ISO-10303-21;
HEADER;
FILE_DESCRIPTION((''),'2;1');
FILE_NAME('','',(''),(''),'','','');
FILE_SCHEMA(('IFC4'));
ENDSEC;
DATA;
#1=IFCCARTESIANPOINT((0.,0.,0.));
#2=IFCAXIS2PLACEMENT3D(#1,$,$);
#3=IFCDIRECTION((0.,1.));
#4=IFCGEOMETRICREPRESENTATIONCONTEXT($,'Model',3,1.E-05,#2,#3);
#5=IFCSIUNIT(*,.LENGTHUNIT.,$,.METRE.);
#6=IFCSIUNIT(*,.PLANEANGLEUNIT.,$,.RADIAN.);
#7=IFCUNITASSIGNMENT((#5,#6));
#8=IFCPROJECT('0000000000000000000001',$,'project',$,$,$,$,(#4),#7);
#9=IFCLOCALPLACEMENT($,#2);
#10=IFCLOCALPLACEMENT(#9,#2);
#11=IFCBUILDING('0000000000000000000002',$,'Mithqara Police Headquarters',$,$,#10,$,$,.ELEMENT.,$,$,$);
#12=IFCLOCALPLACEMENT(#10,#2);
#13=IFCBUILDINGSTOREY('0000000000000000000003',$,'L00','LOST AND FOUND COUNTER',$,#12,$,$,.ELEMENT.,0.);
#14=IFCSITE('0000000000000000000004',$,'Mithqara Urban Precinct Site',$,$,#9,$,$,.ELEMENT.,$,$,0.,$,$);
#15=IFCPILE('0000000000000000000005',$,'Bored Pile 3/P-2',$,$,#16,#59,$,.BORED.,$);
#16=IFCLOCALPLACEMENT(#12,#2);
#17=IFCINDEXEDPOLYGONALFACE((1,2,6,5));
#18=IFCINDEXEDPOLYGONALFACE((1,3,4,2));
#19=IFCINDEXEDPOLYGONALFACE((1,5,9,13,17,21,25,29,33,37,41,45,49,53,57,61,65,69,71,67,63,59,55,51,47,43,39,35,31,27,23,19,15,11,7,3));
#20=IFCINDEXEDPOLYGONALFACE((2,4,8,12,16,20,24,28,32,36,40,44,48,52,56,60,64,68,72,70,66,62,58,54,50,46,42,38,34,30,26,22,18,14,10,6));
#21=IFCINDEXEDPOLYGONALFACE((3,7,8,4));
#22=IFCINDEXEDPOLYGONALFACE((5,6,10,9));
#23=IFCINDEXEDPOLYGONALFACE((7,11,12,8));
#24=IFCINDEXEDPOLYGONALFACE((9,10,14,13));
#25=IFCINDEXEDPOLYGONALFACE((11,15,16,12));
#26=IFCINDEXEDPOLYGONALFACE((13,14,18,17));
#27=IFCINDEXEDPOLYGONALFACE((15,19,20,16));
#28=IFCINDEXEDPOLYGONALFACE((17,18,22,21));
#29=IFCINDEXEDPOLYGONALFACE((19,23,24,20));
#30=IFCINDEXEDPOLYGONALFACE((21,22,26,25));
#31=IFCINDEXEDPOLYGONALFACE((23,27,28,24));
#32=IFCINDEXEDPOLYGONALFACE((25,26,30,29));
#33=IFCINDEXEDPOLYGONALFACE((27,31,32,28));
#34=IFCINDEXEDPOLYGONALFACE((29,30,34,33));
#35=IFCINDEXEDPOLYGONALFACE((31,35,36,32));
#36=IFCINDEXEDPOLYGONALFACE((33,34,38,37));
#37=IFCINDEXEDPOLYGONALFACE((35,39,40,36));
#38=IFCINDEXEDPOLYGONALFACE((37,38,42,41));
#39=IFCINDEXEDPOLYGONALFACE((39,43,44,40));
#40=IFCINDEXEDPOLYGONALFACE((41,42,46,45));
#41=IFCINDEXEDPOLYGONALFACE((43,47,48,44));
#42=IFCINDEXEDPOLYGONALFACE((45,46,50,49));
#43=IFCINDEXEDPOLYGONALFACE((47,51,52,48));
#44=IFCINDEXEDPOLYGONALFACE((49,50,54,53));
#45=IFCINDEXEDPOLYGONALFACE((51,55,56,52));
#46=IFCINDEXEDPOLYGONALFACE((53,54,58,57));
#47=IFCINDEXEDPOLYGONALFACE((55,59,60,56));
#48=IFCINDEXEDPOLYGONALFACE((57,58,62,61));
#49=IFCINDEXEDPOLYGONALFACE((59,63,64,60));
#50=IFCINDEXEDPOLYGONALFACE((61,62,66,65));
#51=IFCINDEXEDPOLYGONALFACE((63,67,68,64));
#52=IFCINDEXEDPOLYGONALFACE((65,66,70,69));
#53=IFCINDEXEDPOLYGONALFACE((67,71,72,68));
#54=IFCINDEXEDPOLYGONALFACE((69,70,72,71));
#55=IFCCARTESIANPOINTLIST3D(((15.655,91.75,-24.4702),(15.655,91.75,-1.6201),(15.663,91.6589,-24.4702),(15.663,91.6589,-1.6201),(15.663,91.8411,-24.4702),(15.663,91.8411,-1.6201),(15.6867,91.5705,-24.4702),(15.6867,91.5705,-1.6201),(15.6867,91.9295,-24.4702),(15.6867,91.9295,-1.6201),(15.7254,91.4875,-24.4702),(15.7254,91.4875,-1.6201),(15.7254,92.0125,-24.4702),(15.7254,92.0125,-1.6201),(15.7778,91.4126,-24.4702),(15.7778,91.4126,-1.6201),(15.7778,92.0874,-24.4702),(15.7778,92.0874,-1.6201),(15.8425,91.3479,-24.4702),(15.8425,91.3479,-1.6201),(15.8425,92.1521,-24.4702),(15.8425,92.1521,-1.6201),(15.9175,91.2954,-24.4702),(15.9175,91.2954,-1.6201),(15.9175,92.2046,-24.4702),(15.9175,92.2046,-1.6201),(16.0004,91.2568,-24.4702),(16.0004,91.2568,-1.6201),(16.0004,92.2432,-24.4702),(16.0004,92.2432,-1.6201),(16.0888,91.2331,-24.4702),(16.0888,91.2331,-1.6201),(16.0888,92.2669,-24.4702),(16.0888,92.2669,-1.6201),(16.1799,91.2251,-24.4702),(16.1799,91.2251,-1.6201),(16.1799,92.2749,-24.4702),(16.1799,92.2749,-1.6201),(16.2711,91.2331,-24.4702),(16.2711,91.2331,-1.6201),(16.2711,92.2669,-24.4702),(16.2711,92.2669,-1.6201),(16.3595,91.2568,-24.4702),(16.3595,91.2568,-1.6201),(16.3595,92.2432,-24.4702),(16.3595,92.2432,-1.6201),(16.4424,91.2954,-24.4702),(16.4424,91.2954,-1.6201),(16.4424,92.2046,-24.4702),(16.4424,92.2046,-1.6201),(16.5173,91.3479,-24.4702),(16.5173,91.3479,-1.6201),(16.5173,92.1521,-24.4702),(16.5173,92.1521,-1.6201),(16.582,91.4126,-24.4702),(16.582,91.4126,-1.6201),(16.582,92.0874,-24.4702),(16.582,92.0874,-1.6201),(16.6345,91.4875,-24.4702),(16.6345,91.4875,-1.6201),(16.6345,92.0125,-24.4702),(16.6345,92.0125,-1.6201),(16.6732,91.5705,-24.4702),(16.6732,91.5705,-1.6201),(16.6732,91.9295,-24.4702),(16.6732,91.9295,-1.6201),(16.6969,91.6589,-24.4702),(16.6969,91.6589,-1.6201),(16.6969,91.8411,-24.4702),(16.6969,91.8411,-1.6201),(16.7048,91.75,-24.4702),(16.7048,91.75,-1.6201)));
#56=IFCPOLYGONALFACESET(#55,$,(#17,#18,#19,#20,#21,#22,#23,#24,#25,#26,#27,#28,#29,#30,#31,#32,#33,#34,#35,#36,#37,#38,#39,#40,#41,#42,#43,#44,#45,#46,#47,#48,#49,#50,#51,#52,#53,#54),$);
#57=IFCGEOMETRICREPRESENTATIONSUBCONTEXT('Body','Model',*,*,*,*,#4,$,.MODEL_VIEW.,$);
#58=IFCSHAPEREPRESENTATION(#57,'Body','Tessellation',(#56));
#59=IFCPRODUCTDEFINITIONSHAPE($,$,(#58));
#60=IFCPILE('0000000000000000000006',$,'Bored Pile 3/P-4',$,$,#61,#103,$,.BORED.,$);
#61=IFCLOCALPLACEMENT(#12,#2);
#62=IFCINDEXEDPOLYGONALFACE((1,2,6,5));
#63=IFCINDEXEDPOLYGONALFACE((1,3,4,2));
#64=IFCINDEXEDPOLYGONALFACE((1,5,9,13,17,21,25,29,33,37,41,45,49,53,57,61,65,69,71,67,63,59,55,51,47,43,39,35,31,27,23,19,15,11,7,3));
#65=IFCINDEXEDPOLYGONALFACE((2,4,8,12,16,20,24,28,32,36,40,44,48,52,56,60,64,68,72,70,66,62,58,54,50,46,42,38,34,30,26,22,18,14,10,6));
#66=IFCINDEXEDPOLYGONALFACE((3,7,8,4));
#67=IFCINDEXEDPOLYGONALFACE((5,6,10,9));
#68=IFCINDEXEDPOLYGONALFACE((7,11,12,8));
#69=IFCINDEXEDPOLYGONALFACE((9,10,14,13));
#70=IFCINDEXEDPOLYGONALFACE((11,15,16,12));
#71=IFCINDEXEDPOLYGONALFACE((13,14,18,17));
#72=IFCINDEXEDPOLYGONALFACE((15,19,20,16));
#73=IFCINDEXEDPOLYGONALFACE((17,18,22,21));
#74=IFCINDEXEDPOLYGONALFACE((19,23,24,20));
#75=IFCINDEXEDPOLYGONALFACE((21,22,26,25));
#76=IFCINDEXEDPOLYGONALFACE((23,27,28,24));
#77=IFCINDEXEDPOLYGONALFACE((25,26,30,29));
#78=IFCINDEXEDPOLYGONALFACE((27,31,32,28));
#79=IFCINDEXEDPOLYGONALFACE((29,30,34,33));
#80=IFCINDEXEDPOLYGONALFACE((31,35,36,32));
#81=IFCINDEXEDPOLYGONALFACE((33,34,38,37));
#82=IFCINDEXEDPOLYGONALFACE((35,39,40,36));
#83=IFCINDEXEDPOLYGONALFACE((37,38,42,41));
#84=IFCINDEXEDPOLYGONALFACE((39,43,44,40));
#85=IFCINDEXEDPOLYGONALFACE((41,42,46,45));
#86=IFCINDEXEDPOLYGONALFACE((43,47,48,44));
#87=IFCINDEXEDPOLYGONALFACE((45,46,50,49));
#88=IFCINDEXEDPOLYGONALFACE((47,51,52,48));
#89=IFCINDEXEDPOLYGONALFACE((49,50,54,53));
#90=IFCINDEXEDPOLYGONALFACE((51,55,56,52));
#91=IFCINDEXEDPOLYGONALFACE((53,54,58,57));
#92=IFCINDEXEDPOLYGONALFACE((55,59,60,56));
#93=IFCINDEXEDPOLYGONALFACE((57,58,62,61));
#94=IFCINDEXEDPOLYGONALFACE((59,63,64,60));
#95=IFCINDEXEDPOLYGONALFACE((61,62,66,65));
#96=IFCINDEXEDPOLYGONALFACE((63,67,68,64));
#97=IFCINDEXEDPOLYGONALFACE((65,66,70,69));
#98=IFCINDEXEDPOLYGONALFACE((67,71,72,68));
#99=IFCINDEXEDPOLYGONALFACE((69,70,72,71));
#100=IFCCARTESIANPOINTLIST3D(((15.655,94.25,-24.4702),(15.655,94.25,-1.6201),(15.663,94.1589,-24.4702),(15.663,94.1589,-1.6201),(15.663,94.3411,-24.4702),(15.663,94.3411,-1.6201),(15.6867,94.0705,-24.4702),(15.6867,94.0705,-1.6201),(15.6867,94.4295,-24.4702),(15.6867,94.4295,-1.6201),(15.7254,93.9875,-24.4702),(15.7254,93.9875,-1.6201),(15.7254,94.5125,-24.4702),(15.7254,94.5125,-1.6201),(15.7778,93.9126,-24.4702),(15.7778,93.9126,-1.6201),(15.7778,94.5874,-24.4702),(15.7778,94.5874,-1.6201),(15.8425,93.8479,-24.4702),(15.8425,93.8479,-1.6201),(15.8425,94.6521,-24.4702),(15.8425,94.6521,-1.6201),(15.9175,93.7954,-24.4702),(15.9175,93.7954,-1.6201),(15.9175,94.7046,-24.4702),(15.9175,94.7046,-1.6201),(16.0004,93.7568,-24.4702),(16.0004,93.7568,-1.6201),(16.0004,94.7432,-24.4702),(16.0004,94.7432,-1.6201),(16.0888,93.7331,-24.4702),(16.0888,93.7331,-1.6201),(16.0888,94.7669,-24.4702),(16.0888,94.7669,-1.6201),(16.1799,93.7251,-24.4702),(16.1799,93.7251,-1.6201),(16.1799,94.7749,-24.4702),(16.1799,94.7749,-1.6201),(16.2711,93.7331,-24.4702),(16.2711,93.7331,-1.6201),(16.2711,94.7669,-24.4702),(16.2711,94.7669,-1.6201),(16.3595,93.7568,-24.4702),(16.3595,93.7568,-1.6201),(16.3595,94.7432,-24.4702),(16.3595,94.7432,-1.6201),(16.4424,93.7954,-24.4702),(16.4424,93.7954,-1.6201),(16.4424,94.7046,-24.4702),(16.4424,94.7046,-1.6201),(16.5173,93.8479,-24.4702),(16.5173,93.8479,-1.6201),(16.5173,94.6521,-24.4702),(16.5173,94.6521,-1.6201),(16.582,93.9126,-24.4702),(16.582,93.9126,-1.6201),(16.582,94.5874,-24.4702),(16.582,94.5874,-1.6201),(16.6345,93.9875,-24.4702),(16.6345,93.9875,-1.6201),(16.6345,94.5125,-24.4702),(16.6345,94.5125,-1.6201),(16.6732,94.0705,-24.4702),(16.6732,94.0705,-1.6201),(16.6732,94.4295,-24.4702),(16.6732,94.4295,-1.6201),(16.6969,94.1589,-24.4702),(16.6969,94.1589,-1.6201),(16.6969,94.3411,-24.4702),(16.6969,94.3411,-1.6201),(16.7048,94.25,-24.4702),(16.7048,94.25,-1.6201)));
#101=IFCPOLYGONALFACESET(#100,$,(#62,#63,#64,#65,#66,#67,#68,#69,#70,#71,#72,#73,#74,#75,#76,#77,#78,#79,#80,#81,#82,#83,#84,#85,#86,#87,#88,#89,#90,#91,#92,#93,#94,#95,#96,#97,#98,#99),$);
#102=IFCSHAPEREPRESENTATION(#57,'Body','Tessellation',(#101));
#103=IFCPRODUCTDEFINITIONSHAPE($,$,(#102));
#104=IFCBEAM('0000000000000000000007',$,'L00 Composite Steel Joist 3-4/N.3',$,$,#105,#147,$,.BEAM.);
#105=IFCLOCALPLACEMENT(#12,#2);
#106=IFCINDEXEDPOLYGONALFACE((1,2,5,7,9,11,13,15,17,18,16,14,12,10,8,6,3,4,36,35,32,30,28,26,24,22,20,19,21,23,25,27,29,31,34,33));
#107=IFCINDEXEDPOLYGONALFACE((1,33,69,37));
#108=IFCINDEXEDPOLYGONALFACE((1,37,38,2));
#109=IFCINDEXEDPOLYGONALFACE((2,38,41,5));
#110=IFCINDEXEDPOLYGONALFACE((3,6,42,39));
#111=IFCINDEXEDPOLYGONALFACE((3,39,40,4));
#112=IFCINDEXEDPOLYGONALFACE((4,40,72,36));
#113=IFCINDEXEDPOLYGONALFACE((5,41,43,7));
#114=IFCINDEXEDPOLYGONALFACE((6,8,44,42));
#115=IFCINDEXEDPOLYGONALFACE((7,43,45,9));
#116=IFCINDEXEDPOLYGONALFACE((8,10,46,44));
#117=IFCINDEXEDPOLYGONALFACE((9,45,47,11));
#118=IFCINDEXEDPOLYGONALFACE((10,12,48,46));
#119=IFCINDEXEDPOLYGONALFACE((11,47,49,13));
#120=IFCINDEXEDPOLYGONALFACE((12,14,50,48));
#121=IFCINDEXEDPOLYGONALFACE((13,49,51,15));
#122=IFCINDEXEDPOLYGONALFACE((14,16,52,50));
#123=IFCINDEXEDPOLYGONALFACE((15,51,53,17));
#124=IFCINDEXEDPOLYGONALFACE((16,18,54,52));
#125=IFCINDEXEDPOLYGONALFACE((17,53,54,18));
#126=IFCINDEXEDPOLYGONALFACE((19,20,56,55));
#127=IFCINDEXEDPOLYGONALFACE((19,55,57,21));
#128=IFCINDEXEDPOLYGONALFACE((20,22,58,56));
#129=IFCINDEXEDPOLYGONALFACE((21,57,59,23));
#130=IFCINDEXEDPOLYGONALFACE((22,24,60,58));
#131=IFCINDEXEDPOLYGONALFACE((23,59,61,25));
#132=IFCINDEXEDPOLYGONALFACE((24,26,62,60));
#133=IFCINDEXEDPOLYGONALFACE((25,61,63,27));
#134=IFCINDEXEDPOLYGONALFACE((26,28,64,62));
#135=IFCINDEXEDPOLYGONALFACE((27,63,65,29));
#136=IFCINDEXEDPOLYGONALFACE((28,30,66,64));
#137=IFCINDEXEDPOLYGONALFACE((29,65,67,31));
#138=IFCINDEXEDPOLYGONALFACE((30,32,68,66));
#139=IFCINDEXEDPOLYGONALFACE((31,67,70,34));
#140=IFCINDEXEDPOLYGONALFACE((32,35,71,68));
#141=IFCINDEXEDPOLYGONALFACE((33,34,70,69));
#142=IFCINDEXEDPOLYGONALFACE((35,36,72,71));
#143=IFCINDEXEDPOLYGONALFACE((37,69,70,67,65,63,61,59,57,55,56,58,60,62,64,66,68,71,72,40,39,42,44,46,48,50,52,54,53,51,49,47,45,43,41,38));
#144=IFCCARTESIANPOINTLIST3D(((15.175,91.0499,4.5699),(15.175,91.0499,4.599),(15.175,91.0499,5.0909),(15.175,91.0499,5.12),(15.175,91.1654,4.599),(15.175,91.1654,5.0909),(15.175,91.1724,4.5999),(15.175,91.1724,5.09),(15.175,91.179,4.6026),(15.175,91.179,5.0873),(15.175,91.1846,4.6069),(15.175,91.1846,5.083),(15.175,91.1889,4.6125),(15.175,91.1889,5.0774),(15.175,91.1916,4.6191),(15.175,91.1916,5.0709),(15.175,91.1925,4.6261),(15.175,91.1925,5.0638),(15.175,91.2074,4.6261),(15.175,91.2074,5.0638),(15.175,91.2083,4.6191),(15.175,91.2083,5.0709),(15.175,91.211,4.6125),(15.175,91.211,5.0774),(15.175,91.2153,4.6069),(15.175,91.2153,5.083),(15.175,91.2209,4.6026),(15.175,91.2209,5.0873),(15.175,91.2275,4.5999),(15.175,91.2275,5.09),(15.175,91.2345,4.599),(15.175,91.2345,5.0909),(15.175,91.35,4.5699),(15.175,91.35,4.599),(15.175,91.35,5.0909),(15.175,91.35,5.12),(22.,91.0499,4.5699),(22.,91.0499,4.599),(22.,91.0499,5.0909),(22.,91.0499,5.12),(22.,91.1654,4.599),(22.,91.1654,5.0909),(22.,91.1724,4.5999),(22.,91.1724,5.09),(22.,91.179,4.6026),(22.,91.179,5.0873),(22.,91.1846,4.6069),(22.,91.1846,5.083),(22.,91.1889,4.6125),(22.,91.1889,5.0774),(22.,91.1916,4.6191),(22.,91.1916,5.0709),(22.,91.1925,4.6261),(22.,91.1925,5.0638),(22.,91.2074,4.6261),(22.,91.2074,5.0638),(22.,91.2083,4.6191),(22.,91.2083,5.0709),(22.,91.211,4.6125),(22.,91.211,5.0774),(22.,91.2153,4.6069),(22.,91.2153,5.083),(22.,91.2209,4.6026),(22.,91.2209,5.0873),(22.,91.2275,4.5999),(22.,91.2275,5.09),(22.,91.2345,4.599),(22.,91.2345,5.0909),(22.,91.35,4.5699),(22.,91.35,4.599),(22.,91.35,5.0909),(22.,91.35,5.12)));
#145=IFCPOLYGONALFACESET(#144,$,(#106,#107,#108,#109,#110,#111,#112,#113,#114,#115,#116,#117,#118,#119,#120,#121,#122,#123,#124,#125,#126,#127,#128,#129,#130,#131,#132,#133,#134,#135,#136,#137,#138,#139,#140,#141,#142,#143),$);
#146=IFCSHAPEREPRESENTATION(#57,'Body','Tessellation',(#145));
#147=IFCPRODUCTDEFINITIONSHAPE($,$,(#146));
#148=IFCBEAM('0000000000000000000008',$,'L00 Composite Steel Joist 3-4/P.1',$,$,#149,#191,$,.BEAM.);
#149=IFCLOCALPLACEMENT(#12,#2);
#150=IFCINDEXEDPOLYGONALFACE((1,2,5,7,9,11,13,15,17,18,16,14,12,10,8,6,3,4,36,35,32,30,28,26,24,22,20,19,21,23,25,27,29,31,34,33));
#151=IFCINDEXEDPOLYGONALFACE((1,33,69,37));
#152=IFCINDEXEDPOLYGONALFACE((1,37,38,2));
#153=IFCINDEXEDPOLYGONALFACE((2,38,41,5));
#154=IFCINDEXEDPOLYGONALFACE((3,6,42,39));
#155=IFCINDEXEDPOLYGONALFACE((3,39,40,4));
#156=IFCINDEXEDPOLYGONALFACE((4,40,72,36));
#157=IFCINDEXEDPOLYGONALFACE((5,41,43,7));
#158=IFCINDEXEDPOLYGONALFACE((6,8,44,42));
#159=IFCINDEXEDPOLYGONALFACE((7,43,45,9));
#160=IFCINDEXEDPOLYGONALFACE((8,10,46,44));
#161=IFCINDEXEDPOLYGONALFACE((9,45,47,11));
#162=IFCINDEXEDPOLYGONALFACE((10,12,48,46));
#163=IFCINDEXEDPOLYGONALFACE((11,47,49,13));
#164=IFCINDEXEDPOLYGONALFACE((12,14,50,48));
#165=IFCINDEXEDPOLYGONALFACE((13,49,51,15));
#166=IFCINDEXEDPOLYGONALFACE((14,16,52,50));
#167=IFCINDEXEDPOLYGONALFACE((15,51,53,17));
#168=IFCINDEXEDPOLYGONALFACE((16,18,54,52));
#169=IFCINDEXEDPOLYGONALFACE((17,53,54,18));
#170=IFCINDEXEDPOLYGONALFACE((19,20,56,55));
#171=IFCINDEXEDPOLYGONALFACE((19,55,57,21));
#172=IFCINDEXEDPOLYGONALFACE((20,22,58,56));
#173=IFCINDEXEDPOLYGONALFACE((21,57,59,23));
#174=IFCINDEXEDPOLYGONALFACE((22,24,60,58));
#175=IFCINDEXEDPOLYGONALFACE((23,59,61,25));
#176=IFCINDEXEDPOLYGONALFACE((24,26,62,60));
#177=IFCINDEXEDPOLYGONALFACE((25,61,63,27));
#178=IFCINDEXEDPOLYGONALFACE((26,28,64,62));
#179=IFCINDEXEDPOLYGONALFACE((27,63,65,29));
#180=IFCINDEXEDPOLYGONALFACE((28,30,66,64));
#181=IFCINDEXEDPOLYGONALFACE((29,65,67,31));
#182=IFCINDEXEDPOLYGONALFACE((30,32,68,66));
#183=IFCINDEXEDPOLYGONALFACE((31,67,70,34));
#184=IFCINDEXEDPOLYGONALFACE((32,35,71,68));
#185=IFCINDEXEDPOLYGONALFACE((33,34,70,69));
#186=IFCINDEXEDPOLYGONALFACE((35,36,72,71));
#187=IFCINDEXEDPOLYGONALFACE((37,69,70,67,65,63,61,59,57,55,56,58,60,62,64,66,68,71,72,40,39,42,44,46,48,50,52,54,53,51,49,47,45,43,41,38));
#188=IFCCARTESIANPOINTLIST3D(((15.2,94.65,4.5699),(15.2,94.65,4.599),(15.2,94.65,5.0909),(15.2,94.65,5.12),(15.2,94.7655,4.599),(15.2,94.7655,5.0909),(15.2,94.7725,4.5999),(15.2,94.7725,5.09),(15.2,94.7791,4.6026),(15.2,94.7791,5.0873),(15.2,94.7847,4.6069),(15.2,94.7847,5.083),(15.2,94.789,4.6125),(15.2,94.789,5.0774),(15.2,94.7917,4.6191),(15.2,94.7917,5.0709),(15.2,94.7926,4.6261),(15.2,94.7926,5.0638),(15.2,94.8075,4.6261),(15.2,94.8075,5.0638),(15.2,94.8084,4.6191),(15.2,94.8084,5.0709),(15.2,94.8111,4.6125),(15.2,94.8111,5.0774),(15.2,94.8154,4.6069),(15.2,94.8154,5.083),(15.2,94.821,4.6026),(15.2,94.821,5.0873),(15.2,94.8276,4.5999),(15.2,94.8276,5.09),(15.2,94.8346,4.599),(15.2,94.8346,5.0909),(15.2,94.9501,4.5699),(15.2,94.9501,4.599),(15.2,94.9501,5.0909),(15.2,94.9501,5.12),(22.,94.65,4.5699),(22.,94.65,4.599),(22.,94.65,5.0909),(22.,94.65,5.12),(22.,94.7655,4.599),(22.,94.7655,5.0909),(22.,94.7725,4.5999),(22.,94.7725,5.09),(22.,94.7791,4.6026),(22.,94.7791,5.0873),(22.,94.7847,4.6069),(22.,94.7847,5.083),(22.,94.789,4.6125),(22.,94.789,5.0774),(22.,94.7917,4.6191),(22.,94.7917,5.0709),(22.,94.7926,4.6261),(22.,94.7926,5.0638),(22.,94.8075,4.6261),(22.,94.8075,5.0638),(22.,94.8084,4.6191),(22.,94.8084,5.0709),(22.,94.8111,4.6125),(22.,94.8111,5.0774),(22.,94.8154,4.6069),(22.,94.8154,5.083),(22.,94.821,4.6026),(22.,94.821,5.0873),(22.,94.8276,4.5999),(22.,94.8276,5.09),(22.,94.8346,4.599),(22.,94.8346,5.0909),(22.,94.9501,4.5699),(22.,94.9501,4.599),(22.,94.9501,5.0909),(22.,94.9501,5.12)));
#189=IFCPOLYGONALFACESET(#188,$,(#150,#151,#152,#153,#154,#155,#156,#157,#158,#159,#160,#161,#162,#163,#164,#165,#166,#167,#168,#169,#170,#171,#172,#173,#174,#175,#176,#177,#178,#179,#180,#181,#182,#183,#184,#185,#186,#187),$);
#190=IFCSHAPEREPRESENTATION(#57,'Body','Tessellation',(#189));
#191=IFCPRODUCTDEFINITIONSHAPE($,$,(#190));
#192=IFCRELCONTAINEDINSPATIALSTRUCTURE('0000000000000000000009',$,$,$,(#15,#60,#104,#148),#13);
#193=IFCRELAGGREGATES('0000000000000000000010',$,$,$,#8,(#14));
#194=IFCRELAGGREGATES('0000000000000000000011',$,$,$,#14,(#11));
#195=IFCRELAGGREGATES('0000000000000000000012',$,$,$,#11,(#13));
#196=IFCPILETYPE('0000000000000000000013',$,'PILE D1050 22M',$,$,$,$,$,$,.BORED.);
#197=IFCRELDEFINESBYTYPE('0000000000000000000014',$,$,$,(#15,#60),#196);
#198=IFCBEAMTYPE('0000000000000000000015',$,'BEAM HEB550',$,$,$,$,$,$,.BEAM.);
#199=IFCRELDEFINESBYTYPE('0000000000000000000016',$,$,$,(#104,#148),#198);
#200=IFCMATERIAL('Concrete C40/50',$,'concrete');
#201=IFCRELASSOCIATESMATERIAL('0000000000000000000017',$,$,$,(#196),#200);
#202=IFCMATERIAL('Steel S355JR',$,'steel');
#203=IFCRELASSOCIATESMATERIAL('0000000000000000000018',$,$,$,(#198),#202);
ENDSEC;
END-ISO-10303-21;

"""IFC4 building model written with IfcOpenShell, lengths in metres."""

from ifc_helpers import new_model, si_unit, direction, frame, origin, origin_2d, place, context, subcontext, project, spatial, circle, i_section, extrude, material, material_profile, profile_set, type_object, element, save


model = new_model("IFC4")

# Units and contexts
model_context = context("Model", 3, precision=1e-05, world=origin(), true_north=direction((0.0, 1.0)))
body_context = subcontext(model_context, "Body", "Model", "MODEL_VIEW")
ifc_project = project(units=[si_unit("LENGTHUNIT", "METRE"), si_unit("PLANEANGLEUNIT", "RADIAN")], contexts=[model_context])

# Site, building, storey
site_placement = place(None, origin())
site = spatial("IfcSite", under=ifc_project, at=site_placement, Name="Mithqara Urban Precinct Site", CompositionType="ELEMENT", RefElevation=0.0)
building_placement = place(site_placement, origin())
building = spatial("IfcBuilding", under=site, at=building_placement, Name="Mithqara Police Headquarters", CompositionType="ELEMENT")
storey_placement = place(building_placement, origin())
storey = spatial("IfcBuildingStorey", under=building, at=storey_placement, Name="L00", Description="LOST AND FOUND COUNTER", CompositionType="ELEMENT", Elevation=0.0)

# Piles
ifc_material_1 = material(Name="Concrete C40/50", Category="concrete")
ifc_material_profile_1 = material_profile(ifc_material_1, circle(Radius=0.5249, at=origin_2d()), Name="PILE D1050")
ifc_profile_set_1 = profile_set([ifc_material_profile_1], Name="Concrete C40/50")
pile_type = type_object("IfcPileType", Name="PILE D1050 22M", PredefinedType="BORED", material=ifc_profile_set_1)
for number, where, z_axis, x_axis, name in (
    (1, (16.1799, 91.75, -1.6201), (0.0, 0.0, -1.0), (1.0, 0.0, 0.0), "Bored Pile 3/P-2"),
    (2, (16.1799, 94.25, -1.6201), (0.0, 0.0, -1.0), (1.0, 0.0, 0.0), "Bored Pile 3/P-4"),
):
    element("IfcPile", number, at=place(storey_placement, frame(where, z_axis=z_axis, x_axis=x_axis)), inside=storey, type_object=pile_type, Name=name, PredefinedType="BORED", context=body_context, shape_type="SweptSolid", body=[
        extrude(circle(Radius=0.5249, at=origin_2d()), origin(), (0.0, 0.0, 1.0), 22.8501),
    ])

# Beams
ifc_material_2 = material(Name="Steel S355JR", Category="steel")
ifc_material_profile_2 = material_profile(ifc_material_2, i_section(OverallWidth=0.3, OverallDepth=0.55, WebThickness=0.0149, FlangeThickness=0.0291, FilletRadius=0.0271, at=origin_2d()), Name="HEB 550")
ifc_profile_set_2 = profile_set([ifc_material_profile_2], Name="Steel S355JR")
beam_type = type_object("IfcBeamType", Name="BEAM HEB550", PredefinedType="BEAM", material=ifc_profile_set_2)
beam_placement = place(storey_placement, frame((15.175, 91.2, 4.845), z_axis=(1.0, 0.0, 0.0), x_axis=(0.0, 1.0, 0.0)))
element("IfcBeam", 3, at=beam_placement, inside=storey, type_object=beam_type, Name="L00 Composite Steel Joist 3-4/N.3", PredefinedType="BEAM", context=body_context, shape_type="SweptSolid", body=[
    extrude(i_section(OverallWidth=0.3, OverallDepth=0.55, WebThickness=0.0149, FlangeThickness=0.0291, FilletRadius=0.0271, at=origin_2d()), origin(), (0.0, 0.0, 1.0), 6.825),
])
for number, where, z_axis, x_axis, name in (
    (4, (15.2, 94.8, 4.845), (1.0, 0.0, 0.0), (0.0, 1.0, 0.0), "L00 Composite Steel Joist 3-4/P.1"),
):
    element("IfcBeam", number, at=place(storey_placement, frame(where, z_axis=z_axis, x_axis=x_axis)), inside=storey, type_object=beam_type, Name=name, PredefinedType="BEAM", context=body_context, shape_type="SweptSolid", body=[
        extrude(i_section(OverallWidth=0.3, OverallDepth=0.55, WebThickness=0.0149, FlangeThickness=0.0291, FilletRadius=0.0271, at=origin_2d()), origin(), (0.0, 0.0, 1.0), 6.8),
    ])

save(model, "model.ifc")
